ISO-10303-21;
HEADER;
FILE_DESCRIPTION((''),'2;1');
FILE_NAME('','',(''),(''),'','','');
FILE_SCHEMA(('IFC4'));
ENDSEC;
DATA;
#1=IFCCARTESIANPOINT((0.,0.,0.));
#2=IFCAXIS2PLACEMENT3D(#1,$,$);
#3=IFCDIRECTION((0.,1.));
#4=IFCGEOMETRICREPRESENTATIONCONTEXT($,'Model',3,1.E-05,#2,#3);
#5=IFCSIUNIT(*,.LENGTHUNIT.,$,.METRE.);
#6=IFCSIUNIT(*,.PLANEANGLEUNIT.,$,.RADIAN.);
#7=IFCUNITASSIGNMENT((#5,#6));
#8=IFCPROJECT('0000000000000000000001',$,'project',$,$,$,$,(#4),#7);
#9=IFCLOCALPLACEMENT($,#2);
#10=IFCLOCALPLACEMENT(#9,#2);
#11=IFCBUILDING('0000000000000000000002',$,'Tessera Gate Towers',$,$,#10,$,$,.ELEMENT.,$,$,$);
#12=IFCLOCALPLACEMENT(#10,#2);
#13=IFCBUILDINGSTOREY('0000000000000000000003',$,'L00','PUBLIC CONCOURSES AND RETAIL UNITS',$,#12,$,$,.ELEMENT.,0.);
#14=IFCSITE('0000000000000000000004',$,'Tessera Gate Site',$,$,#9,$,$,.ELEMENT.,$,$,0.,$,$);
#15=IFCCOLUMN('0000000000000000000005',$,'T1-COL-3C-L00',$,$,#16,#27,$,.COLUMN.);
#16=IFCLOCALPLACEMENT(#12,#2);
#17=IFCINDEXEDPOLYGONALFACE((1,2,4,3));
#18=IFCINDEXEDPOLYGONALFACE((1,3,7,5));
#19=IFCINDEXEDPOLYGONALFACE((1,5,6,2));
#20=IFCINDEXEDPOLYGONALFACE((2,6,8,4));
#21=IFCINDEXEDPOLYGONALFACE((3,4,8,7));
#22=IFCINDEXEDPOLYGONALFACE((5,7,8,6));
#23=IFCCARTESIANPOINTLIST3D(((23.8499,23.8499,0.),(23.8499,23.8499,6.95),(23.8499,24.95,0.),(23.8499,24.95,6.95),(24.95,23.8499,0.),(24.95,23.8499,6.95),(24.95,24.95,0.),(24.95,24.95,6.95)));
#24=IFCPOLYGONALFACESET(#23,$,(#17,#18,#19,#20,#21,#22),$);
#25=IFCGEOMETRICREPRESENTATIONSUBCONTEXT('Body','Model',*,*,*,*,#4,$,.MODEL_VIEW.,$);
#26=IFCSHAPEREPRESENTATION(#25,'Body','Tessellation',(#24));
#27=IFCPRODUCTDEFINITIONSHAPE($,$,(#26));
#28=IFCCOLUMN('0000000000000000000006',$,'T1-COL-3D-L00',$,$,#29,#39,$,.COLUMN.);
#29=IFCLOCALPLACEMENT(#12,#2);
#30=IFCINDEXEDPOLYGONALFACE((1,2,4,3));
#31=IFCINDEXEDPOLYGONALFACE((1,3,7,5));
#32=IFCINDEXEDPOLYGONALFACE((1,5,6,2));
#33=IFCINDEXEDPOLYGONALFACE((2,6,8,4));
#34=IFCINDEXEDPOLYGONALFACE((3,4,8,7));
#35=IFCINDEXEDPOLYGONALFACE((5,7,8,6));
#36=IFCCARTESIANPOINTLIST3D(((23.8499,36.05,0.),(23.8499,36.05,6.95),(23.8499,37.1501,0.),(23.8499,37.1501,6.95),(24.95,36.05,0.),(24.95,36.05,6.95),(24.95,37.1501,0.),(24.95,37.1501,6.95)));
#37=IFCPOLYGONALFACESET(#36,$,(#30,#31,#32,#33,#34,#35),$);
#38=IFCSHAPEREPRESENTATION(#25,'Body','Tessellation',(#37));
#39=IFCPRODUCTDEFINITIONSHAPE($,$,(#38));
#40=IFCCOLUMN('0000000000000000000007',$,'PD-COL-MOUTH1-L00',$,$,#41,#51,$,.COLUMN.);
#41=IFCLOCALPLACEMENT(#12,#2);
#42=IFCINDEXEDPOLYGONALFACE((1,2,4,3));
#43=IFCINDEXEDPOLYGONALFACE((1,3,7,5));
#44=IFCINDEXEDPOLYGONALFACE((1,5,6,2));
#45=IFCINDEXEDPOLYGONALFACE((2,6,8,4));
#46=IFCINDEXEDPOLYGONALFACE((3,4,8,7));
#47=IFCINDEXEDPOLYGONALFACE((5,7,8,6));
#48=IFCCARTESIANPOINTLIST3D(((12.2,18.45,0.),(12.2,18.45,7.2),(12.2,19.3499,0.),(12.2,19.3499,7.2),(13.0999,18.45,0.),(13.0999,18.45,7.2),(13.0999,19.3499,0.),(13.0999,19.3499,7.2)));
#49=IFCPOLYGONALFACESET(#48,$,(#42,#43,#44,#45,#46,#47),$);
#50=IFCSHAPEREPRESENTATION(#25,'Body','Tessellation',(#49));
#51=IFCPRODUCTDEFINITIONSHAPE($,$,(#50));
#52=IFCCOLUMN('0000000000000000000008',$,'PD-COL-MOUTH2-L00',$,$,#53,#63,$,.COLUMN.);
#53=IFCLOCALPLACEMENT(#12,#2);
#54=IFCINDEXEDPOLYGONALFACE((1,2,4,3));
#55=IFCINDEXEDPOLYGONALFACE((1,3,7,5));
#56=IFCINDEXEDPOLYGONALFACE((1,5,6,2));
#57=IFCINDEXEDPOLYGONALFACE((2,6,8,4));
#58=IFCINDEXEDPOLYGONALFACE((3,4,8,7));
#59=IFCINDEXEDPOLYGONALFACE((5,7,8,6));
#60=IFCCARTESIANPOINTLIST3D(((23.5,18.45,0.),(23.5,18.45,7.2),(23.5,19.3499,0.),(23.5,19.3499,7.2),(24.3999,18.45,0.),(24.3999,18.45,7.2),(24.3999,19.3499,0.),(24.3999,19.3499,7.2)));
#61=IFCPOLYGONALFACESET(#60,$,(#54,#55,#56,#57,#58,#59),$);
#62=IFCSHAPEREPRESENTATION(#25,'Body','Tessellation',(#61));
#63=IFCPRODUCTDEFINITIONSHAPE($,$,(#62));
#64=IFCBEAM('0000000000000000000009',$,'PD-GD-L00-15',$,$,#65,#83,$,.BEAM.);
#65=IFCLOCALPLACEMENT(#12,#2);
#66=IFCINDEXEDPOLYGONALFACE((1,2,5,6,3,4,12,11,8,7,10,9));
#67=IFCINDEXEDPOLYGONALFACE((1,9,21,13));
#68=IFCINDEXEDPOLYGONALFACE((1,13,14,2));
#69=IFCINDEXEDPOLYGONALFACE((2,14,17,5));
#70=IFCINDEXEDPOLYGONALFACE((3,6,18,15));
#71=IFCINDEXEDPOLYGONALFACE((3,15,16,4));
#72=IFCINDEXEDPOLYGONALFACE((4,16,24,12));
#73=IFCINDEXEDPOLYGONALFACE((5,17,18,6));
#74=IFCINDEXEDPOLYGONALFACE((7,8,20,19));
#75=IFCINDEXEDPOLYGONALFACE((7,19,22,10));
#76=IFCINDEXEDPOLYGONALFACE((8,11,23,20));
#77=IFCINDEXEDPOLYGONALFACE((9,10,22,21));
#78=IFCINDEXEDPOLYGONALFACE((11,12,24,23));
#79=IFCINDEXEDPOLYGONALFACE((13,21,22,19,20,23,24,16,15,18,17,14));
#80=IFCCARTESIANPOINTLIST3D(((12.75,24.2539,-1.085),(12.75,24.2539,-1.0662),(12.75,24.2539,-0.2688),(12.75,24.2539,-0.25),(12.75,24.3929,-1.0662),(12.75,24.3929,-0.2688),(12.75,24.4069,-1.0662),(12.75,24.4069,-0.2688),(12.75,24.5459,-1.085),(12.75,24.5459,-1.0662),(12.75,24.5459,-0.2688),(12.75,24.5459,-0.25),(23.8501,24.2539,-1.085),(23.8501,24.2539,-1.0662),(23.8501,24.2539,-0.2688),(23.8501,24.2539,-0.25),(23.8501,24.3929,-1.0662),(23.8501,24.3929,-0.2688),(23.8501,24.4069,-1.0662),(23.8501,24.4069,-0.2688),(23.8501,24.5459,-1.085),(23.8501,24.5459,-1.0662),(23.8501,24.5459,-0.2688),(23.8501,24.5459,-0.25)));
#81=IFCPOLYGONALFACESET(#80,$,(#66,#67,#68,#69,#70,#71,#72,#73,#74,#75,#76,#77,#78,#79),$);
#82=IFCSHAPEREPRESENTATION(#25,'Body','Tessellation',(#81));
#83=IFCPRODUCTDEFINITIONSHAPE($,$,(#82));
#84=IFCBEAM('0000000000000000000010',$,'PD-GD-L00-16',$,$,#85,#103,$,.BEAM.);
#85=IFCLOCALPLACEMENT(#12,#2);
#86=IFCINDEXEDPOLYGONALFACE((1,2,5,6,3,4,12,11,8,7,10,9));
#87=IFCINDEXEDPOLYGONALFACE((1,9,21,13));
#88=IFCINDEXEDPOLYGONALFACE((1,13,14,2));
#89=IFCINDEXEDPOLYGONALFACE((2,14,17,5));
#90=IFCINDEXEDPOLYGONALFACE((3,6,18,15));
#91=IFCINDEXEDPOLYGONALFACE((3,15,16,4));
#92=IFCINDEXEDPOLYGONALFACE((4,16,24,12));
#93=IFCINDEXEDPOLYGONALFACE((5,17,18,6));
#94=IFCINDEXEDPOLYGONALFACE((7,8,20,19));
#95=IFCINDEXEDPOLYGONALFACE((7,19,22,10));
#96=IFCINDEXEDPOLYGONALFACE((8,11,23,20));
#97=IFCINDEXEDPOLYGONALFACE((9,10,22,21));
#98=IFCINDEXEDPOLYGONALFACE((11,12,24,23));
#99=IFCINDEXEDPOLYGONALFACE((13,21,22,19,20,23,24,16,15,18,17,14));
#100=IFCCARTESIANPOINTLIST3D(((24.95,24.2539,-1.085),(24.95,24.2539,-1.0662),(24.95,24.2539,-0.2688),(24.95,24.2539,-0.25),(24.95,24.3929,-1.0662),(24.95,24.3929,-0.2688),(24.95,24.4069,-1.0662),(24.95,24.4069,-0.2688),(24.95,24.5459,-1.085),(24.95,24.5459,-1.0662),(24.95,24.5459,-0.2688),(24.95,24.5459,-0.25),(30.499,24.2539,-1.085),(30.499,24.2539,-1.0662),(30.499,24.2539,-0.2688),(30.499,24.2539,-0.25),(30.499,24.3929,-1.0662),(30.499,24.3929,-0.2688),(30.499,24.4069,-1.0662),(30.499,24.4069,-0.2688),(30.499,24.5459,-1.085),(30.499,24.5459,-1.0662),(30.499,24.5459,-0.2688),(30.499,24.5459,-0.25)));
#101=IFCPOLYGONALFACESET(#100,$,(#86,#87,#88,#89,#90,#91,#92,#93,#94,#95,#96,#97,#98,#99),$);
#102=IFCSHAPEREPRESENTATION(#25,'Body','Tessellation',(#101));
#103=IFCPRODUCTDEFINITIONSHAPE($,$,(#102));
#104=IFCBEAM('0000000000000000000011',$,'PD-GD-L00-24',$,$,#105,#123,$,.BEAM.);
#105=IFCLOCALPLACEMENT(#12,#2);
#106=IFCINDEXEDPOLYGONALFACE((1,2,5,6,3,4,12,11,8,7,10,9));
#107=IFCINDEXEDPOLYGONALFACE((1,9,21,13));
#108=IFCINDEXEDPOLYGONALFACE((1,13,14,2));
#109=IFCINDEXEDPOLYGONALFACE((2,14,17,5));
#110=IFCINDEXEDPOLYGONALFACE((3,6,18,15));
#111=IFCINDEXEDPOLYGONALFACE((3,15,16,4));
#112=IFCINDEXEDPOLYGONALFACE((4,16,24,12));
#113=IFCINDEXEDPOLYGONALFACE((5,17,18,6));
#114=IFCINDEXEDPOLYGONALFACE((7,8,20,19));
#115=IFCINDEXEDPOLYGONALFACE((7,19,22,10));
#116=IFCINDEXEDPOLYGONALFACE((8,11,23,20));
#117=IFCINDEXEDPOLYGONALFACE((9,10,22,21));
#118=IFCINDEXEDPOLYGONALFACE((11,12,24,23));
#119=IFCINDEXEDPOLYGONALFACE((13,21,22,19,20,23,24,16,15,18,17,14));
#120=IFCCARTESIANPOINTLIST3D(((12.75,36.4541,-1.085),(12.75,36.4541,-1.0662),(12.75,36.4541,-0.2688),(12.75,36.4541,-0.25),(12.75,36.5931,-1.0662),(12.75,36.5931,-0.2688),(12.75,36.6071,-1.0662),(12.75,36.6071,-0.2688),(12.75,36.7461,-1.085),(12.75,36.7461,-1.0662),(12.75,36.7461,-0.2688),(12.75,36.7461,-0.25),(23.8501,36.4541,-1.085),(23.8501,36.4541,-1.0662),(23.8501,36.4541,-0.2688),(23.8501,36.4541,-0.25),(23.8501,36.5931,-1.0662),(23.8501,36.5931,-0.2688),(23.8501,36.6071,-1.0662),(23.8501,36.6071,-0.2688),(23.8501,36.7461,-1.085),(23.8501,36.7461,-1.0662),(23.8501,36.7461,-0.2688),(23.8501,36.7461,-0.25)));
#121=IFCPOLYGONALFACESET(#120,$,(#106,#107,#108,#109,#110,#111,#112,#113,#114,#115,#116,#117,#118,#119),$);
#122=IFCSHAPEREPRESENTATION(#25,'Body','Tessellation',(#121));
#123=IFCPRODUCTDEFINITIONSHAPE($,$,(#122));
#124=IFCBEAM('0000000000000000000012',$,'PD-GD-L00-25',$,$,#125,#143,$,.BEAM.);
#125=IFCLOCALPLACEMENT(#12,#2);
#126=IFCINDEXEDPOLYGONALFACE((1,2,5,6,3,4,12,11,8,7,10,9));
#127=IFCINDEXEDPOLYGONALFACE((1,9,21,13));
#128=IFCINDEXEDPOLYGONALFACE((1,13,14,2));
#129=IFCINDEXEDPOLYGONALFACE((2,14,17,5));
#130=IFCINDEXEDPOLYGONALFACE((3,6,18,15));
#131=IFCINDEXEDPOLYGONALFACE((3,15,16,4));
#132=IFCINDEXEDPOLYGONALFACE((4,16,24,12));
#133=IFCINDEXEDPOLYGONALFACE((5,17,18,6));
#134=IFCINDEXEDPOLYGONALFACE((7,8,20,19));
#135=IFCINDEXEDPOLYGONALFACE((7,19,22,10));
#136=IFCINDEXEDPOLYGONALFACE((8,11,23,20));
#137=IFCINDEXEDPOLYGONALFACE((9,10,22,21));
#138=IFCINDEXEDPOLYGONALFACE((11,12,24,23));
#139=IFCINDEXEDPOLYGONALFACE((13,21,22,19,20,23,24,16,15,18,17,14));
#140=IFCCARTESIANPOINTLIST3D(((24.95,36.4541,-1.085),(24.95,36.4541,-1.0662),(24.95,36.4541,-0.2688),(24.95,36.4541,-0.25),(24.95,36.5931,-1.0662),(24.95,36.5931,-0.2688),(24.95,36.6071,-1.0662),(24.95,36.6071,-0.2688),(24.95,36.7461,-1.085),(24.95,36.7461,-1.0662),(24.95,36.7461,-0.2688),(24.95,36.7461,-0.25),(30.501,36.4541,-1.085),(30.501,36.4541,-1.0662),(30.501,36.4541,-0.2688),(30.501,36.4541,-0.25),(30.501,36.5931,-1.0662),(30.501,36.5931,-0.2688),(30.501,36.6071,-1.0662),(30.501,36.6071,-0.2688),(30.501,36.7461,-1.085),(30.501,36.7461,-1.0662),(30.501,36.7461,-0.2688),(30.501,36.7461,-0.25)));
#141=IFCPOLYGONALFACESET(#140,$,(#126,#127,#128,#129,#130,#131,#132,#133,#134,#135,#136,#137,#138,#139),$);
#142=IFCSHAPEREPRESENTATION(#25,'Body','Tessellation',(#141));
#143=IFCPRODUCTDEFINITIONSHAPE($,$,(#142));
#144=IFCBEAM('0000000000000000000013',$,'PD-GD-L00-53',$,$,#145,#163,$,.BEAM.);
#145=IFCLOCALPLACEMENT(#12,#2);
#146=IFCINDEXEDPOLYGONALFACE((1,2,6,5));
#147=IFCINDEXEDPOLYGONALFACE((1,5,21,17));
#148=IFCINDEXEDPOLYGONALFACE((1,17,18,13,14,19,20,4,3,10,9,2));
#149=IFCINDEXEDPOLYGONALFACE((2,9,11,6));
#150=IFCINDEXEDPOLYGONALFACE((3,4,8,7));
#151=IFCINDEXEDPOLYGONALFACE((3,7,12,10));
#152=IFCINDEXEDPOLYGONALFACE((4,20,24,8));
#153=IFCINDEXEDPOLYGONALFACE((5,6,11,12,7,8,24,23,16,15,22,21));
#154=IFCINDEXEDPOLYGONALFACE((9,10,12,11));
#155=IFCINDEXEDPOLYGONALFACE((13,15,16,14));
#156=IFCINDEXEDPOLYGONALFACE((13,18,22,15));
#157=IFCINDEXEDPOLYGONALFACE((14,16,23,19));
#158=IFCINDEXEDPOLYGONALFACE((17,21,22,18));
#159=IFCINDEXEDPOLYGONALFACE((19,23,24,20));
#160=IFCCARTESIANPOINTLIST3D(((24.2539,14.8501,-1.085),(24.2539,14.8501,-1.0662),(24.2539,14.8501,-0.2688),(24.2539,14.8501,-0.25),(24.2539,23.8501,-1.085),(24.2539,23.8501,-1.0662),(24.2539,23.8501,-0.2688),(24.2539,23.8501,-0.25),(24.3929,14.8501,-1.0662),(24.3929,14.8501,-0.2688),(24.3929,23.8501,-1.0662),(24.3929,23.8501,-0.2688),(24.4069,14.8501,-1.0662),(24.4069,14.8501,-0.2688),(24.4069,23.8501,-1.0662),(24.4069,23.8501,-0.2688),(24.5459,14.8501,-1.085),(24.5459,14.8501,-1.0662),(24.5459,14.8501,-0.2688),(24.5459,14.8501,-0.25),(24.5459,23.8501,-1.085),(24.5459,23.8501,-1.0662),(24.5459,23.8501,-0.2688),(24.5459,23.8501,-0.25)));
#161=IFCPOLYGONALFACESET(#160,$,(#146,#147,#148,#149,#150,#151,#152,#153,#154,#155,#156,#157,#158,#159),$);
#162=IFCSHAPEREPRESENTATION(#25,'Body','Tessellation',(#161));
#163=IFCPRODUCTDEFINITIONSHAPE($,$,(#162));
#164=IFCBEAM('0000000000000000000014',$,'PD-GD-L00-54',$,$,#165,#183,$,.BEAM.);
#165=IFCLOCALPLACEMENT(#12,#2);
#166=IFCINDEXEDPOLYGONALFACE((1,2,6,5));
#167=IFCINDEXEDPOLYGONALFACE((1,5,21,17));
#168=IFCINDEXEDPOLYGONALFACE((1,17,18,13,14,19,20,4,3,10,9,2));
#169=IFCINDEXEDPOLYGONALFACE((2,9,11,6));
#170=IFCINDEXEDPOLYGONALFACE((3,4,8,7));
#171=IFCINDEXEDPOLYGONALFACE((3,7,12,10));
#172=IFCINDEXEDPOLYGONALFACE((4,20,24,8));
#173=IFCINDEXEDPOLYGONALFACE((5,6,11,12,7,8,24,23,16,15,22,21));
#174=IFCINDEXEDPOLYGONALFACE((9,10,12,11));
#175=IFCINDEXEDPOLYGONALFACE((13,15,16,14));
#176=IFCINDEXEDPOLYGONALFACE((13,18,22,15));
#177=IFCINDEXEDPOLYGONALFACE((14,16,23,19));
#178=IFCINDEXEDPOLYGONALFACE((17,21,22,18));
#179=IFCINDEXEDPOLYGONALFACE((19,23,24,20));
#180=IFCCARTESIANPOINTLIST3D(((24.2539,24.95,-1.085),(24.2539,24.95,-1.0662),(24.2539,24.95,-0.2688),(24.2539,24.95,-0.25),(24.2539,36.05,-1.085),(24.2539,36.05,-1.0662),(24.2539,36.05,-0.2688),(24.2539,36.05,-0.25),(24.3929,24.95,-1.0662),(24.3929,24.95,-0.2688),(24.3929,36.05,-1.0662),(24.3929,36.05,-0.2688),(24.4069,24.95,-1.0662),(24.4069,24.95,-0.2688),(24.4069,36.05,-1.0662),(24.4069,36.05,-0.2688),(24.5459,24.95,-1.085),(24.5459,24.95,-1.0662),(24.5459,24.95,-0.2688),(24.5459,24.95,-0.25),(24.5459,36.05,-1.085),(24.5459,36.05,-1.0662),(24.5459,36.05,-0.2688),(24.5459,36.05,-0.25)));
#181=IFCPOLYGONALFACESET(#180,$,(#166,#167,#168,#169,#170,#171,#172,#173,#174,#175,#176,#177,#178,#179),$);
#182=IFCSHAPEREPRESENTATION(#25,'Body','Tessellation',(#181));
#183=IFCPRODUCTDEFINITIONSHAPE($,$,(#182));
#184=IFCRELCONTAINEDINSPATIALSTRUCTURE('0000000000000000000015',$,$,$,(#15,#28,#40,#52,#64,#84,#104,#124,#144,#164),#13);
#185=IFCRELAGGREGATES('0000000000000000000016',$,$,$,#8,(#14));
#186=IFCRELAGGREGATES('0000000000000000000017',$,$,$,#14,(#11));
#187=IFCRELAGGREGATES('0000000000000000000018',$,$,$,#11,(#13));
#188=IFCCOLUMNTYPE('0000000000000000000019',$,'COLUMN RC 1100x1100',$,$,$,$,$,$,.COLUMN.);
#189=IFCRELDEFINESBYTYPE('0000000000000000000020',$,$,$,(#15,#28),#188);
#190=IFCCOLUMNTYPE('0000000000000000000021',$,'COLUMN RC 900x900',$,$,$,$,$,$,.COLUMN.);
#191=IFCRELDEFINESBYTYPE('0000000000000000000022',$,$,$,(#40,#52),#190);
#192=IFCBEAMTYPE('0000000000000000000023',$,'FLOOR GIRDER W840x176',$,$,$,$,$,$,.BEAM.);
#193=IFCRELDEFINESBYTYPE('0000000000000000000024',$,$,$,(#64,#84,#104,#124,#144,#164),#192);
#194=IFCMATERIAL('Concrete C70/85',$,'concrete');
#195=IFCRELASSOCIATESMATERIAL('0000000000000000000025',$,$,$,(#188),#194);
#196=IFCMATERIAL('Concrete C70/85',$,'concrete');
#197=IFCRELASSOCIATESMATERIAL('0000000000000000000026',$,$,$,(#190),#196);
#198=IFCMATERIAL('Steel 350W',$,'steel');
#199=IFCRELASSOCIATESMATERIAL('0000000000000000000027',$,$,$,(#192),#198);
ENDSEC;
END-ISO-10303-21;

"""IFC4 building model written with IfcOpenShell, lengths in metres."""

from ifc_helpers import new_model, si_unit, direction, frame, origin, origin_2d, place, context, subcontext, project, spatial, rectangle, i_section, extrude, material, material_profile, profile_set, type_object, element, save


model = new_model("IFC4")

# Units and contexts
model_context = context("Model", 3, precision=1e-05, world=origin(), true_north=direction((0.0, 1.0)))
body_context = subcontext(model_context, "Body", "Model", "MODEL_VIEW")
ifc_project = project(units=[si_unit("LENGTHUNIT", "METRE"), si_unit("PLANEANGLEUNIT", "RADIAN")], contexts=[model_context])

# Site, building, storey
site_placement = place(None, origin())
site = spatial("IfcSite", under=ifc_project, at=site_placement, Name="Tessera Gate Site", CompositionType="ELEMENT", RefElevation=0.0)
building_placement = place(site_placement, origin())
building = spatial("IfcBuilding", under=site, at=building_placement, Name="Tessera Gate Towers", CompositionType="ELEMENT")
storey_placement = place(building_placement, origin())
storey = spatial("IfcBuildingStorey", under=building, at=storey_placement, Name="L00", Description="PUBLIC CONCOURSES AND RETAIL UNITS", CompositionType="ELEMENT", Elevation=0.0)

# Columns
ifc_material_1 = material(Name="Concrete C70/85", Category="concrete")
ifc_material_profile_1 = material_profile(ifc_material_1, rectangle(XDim=1.1001, YDim=1.1001, at=origin_2d()), Name="RC 1100x1100")
ifc_profile_set_1 = profile_set([ifc_material_profile_1], Name="Concrete C70/85")
column_type_1 = type_object("IfcColumnType", Name="COLUMN RC 1100x1100", PredefinedType="COLUMN", material=ifc_profile_set_1)
for number, where, z_axis, x_axis, name in (
    (1, (24.3999, 24.3999, 0.0), (0.0, 0.0, 1.0), (1.0, 0.0, 0.0), "T1-COL-3C-L00"),
    (2, (24.3999, 36.6001, 0.0), (0.0, 0.0, 1.0), (1.0, 0.0, 0.0), "T1-COL-3D-L00"),
):
    element("IfcColumn", number, at=place(storey_placement, frame(where, z_axis=z_axis, x_axis=x_axis)), inside=storey, type_object=column_type_1, Name=name, PredefinedType="COLUMN", context=body_context, shape_type="SweptSolid", body=[
        extrude(rectangle(XDim=1.1001, YDim=1.1001, at=origin_2d()), origin(), (0.0, 0.0, 1.0), 6.95),
    ])
ifc_material_2 = material(Name="Concrete C70/85", Category="concrete")
ifc_material_profile_2 = material_profile(ifc_material_2, rectangle(XDim=0.8999, YDim=0.8999, at=origin_2d()), Name="RC 900x900")
ifc_profile_set_2 = profile_set([ifc_material_profile_2], Name="Concrete C70/85")
column_type_2 = type_object("IfcColumnType", Name="COLUMN RC 900x900", PredefinedType="COLUMN", material=ifc_profile_set_2)
for number, where, z_axis, x_axis, name in (
    (3, (12.6499, 18.8999, 0.0), (0.0, 0.0, 1.0), (1.0, 0.0, 0.0), "PD-COL-MOUTH1-L00"),
    (4, (23.95, 18.8999, 0.0), (0.0, 0.0, 1.0), (1.0, 0.0, 0.0), "PD-COL-MOUTH2-L00"),
):
    element("IfcColumn", number, at=place(storey_placement, frame(where, z_axis=z_axis, x_axis=x_axis)), inside=storey, type_object=column_type_2, Name=name, PredefinedType="COLUMN", context=body_context, shape_type="SweptSolid", body=[
        extrude(rectangle(XDim=0.8999, YDim=0.8999, at=origin_2d()), origin(), (0.0, 0.0, 1.0), 7.2),
    ])

# Beams
ifc_material_3 = material(Name="Steel 350W", Category="steel")
ifc_material_profile_3 = material_profile(ifc_material_3, i_section(OverallWidth=0.292, OverallDepth=0.835, WebThickness=0.0139, FlangeThickness=0.0188, at=origin_2d()), Name="W840x176")
ifc_profile_set_3 = profile_set([ifc_material_profile_3], Name="Steel 350W")
beam_type_1 = type_object("IfcBeamType", Name="FLOOR GIRDER W840x176", PredefinedType="BEAM", material=ifc_profile_set_3)
beam_1_placement = place(storey_placement, frame((12.75, 24.3999, -0.6675), z_axis=(1.0, 0.0, 0.0), x_axis=(0.0, 1.0, 0.0)))
element("IfcBeam", 5, at=beam_1_placement, inside=storey, type_object=beam_type_1, Name="PD-GD-L00-15", PredefinedType="BEAM", context=body_context, shape_type="SweptSolid", body=[
    extrude(i_section(OverallWidth=0.292, OverallDepth=0.835, WebThickness=0.0139, FlangeThickness=0.0188, at=origin_2d()), origin(), (0.0, 0.0, 1.0), 11.1001),
])
beam_2_placement = place(storey_placement, frame((24.95, 24.3999, -0.6675), z_axis=(1.0, 0.0, 0.0), x_axis=(0.0, 1.0, 0.0)))
element("IfcBeam", 6, at=beam_2_placement, inside=storey, type_object=beam_type_1, Name="PD-GD-L00-16", PredefinedType="BEAM", context=body_context, shape_type="SweptSolid", body=[
    extrude(i_section(OverallWidth=0.292, OverallDepth=0.835, WebThickness=0.0139, FlangeThickness=0.0188, at=origin_2d()), origin(), (0.0, 0.0, 1.0), 5.5491),
])
beam_3_placement = place(storey_placement, frame((12.75, 36.6001, -0.6675), z_axis=(1.0, 0.0, 0.0), x_axis=(0.0, 1.0, 0.0)))
element("IfcBeam", 7, at=beam_3_placement, inside=storey, type_object=beam_type_1, Name="PD-GD-L00-24", PredefinedType="BEAM", context=body_context, shape_type="SweptSolid", body=[
    extrude(i_section(OverallWidth=0.292, OverallDepth=0.835, WebThickness=0.0139, FlangeThickness=0.0188, at=origin_2d()), origin(), (0.0, 0.0, 1.0), 11.1001),
])
beam_4_placement = place(storey_placement, frame((24.95, 36.6001, -0.6675), z_axis=(1.0, 0.0, 0.0), x_axis=(0.0, 1.0, 0.0)))
element("IfcBeam", 8, at=beam_4_placement, inside=storey, type_object=beam_type_1, Name="PD-GD-L00-25", PredefinedType="BEAM", context=body_context, shape_type="SweptSolid", body=[
    extrude(i_section(OverallWidth=0.292, OverallDepth=0.835, WebThickness=0.0139, FlangeThickness=0.0188, at=origin_2d()), origin(), (0.0, 0.0, 1.0), 5.551),
])
beam_5_placement = place(storey_placement, frame((24.3999, 14.8501, -0.6675), z_axis=(0.0, 1.0, 0.0), x_axis=(-1.0, 0.0, 0.0)))
element("IfcBeam", 9, at=beam_5_placement, inside=storey, type_object=beam_type_1, Name="PD-GD-L00-53", PredefinedType="BEAM", context=body_context, shape_type="SweptSolid", body=[
    extrude(i_section(OverallWidth=0.292, OverallDepth=0.835, WebThickness=0.0139, FlangeThickness=0.0188, at=origin_2d()), origin(), (0.0, 0.0, 1.0), 9.0),
])
for number, where, z_axis, x_axis, name in (
    (10, (24.3999, 24.95, -0.6675), (0.0, 1.0, 0.0), (-1.0, 0.0, 0.0), "PD-GD-L00-54"),
):
    element("IfcBeam", number, at=place(storey_placement, frame(where, z_axis=z_axis, x_axis=x_axis)), inside=storey, type_object=beam_type_1, Name=name, PredefinedType="BEAM", context=body_context, shape_type="SweptSolid", body=[
        extrude(i_section(OverallWidth=0.292, OverallDepth=0.835, WebThickness=0.0139, FlangeThickness=0.0188, at=origin_2d()), origin(), (0.0, 0.0, 1.0), 11.1001),
    ])

save(model, "model.ifc")
